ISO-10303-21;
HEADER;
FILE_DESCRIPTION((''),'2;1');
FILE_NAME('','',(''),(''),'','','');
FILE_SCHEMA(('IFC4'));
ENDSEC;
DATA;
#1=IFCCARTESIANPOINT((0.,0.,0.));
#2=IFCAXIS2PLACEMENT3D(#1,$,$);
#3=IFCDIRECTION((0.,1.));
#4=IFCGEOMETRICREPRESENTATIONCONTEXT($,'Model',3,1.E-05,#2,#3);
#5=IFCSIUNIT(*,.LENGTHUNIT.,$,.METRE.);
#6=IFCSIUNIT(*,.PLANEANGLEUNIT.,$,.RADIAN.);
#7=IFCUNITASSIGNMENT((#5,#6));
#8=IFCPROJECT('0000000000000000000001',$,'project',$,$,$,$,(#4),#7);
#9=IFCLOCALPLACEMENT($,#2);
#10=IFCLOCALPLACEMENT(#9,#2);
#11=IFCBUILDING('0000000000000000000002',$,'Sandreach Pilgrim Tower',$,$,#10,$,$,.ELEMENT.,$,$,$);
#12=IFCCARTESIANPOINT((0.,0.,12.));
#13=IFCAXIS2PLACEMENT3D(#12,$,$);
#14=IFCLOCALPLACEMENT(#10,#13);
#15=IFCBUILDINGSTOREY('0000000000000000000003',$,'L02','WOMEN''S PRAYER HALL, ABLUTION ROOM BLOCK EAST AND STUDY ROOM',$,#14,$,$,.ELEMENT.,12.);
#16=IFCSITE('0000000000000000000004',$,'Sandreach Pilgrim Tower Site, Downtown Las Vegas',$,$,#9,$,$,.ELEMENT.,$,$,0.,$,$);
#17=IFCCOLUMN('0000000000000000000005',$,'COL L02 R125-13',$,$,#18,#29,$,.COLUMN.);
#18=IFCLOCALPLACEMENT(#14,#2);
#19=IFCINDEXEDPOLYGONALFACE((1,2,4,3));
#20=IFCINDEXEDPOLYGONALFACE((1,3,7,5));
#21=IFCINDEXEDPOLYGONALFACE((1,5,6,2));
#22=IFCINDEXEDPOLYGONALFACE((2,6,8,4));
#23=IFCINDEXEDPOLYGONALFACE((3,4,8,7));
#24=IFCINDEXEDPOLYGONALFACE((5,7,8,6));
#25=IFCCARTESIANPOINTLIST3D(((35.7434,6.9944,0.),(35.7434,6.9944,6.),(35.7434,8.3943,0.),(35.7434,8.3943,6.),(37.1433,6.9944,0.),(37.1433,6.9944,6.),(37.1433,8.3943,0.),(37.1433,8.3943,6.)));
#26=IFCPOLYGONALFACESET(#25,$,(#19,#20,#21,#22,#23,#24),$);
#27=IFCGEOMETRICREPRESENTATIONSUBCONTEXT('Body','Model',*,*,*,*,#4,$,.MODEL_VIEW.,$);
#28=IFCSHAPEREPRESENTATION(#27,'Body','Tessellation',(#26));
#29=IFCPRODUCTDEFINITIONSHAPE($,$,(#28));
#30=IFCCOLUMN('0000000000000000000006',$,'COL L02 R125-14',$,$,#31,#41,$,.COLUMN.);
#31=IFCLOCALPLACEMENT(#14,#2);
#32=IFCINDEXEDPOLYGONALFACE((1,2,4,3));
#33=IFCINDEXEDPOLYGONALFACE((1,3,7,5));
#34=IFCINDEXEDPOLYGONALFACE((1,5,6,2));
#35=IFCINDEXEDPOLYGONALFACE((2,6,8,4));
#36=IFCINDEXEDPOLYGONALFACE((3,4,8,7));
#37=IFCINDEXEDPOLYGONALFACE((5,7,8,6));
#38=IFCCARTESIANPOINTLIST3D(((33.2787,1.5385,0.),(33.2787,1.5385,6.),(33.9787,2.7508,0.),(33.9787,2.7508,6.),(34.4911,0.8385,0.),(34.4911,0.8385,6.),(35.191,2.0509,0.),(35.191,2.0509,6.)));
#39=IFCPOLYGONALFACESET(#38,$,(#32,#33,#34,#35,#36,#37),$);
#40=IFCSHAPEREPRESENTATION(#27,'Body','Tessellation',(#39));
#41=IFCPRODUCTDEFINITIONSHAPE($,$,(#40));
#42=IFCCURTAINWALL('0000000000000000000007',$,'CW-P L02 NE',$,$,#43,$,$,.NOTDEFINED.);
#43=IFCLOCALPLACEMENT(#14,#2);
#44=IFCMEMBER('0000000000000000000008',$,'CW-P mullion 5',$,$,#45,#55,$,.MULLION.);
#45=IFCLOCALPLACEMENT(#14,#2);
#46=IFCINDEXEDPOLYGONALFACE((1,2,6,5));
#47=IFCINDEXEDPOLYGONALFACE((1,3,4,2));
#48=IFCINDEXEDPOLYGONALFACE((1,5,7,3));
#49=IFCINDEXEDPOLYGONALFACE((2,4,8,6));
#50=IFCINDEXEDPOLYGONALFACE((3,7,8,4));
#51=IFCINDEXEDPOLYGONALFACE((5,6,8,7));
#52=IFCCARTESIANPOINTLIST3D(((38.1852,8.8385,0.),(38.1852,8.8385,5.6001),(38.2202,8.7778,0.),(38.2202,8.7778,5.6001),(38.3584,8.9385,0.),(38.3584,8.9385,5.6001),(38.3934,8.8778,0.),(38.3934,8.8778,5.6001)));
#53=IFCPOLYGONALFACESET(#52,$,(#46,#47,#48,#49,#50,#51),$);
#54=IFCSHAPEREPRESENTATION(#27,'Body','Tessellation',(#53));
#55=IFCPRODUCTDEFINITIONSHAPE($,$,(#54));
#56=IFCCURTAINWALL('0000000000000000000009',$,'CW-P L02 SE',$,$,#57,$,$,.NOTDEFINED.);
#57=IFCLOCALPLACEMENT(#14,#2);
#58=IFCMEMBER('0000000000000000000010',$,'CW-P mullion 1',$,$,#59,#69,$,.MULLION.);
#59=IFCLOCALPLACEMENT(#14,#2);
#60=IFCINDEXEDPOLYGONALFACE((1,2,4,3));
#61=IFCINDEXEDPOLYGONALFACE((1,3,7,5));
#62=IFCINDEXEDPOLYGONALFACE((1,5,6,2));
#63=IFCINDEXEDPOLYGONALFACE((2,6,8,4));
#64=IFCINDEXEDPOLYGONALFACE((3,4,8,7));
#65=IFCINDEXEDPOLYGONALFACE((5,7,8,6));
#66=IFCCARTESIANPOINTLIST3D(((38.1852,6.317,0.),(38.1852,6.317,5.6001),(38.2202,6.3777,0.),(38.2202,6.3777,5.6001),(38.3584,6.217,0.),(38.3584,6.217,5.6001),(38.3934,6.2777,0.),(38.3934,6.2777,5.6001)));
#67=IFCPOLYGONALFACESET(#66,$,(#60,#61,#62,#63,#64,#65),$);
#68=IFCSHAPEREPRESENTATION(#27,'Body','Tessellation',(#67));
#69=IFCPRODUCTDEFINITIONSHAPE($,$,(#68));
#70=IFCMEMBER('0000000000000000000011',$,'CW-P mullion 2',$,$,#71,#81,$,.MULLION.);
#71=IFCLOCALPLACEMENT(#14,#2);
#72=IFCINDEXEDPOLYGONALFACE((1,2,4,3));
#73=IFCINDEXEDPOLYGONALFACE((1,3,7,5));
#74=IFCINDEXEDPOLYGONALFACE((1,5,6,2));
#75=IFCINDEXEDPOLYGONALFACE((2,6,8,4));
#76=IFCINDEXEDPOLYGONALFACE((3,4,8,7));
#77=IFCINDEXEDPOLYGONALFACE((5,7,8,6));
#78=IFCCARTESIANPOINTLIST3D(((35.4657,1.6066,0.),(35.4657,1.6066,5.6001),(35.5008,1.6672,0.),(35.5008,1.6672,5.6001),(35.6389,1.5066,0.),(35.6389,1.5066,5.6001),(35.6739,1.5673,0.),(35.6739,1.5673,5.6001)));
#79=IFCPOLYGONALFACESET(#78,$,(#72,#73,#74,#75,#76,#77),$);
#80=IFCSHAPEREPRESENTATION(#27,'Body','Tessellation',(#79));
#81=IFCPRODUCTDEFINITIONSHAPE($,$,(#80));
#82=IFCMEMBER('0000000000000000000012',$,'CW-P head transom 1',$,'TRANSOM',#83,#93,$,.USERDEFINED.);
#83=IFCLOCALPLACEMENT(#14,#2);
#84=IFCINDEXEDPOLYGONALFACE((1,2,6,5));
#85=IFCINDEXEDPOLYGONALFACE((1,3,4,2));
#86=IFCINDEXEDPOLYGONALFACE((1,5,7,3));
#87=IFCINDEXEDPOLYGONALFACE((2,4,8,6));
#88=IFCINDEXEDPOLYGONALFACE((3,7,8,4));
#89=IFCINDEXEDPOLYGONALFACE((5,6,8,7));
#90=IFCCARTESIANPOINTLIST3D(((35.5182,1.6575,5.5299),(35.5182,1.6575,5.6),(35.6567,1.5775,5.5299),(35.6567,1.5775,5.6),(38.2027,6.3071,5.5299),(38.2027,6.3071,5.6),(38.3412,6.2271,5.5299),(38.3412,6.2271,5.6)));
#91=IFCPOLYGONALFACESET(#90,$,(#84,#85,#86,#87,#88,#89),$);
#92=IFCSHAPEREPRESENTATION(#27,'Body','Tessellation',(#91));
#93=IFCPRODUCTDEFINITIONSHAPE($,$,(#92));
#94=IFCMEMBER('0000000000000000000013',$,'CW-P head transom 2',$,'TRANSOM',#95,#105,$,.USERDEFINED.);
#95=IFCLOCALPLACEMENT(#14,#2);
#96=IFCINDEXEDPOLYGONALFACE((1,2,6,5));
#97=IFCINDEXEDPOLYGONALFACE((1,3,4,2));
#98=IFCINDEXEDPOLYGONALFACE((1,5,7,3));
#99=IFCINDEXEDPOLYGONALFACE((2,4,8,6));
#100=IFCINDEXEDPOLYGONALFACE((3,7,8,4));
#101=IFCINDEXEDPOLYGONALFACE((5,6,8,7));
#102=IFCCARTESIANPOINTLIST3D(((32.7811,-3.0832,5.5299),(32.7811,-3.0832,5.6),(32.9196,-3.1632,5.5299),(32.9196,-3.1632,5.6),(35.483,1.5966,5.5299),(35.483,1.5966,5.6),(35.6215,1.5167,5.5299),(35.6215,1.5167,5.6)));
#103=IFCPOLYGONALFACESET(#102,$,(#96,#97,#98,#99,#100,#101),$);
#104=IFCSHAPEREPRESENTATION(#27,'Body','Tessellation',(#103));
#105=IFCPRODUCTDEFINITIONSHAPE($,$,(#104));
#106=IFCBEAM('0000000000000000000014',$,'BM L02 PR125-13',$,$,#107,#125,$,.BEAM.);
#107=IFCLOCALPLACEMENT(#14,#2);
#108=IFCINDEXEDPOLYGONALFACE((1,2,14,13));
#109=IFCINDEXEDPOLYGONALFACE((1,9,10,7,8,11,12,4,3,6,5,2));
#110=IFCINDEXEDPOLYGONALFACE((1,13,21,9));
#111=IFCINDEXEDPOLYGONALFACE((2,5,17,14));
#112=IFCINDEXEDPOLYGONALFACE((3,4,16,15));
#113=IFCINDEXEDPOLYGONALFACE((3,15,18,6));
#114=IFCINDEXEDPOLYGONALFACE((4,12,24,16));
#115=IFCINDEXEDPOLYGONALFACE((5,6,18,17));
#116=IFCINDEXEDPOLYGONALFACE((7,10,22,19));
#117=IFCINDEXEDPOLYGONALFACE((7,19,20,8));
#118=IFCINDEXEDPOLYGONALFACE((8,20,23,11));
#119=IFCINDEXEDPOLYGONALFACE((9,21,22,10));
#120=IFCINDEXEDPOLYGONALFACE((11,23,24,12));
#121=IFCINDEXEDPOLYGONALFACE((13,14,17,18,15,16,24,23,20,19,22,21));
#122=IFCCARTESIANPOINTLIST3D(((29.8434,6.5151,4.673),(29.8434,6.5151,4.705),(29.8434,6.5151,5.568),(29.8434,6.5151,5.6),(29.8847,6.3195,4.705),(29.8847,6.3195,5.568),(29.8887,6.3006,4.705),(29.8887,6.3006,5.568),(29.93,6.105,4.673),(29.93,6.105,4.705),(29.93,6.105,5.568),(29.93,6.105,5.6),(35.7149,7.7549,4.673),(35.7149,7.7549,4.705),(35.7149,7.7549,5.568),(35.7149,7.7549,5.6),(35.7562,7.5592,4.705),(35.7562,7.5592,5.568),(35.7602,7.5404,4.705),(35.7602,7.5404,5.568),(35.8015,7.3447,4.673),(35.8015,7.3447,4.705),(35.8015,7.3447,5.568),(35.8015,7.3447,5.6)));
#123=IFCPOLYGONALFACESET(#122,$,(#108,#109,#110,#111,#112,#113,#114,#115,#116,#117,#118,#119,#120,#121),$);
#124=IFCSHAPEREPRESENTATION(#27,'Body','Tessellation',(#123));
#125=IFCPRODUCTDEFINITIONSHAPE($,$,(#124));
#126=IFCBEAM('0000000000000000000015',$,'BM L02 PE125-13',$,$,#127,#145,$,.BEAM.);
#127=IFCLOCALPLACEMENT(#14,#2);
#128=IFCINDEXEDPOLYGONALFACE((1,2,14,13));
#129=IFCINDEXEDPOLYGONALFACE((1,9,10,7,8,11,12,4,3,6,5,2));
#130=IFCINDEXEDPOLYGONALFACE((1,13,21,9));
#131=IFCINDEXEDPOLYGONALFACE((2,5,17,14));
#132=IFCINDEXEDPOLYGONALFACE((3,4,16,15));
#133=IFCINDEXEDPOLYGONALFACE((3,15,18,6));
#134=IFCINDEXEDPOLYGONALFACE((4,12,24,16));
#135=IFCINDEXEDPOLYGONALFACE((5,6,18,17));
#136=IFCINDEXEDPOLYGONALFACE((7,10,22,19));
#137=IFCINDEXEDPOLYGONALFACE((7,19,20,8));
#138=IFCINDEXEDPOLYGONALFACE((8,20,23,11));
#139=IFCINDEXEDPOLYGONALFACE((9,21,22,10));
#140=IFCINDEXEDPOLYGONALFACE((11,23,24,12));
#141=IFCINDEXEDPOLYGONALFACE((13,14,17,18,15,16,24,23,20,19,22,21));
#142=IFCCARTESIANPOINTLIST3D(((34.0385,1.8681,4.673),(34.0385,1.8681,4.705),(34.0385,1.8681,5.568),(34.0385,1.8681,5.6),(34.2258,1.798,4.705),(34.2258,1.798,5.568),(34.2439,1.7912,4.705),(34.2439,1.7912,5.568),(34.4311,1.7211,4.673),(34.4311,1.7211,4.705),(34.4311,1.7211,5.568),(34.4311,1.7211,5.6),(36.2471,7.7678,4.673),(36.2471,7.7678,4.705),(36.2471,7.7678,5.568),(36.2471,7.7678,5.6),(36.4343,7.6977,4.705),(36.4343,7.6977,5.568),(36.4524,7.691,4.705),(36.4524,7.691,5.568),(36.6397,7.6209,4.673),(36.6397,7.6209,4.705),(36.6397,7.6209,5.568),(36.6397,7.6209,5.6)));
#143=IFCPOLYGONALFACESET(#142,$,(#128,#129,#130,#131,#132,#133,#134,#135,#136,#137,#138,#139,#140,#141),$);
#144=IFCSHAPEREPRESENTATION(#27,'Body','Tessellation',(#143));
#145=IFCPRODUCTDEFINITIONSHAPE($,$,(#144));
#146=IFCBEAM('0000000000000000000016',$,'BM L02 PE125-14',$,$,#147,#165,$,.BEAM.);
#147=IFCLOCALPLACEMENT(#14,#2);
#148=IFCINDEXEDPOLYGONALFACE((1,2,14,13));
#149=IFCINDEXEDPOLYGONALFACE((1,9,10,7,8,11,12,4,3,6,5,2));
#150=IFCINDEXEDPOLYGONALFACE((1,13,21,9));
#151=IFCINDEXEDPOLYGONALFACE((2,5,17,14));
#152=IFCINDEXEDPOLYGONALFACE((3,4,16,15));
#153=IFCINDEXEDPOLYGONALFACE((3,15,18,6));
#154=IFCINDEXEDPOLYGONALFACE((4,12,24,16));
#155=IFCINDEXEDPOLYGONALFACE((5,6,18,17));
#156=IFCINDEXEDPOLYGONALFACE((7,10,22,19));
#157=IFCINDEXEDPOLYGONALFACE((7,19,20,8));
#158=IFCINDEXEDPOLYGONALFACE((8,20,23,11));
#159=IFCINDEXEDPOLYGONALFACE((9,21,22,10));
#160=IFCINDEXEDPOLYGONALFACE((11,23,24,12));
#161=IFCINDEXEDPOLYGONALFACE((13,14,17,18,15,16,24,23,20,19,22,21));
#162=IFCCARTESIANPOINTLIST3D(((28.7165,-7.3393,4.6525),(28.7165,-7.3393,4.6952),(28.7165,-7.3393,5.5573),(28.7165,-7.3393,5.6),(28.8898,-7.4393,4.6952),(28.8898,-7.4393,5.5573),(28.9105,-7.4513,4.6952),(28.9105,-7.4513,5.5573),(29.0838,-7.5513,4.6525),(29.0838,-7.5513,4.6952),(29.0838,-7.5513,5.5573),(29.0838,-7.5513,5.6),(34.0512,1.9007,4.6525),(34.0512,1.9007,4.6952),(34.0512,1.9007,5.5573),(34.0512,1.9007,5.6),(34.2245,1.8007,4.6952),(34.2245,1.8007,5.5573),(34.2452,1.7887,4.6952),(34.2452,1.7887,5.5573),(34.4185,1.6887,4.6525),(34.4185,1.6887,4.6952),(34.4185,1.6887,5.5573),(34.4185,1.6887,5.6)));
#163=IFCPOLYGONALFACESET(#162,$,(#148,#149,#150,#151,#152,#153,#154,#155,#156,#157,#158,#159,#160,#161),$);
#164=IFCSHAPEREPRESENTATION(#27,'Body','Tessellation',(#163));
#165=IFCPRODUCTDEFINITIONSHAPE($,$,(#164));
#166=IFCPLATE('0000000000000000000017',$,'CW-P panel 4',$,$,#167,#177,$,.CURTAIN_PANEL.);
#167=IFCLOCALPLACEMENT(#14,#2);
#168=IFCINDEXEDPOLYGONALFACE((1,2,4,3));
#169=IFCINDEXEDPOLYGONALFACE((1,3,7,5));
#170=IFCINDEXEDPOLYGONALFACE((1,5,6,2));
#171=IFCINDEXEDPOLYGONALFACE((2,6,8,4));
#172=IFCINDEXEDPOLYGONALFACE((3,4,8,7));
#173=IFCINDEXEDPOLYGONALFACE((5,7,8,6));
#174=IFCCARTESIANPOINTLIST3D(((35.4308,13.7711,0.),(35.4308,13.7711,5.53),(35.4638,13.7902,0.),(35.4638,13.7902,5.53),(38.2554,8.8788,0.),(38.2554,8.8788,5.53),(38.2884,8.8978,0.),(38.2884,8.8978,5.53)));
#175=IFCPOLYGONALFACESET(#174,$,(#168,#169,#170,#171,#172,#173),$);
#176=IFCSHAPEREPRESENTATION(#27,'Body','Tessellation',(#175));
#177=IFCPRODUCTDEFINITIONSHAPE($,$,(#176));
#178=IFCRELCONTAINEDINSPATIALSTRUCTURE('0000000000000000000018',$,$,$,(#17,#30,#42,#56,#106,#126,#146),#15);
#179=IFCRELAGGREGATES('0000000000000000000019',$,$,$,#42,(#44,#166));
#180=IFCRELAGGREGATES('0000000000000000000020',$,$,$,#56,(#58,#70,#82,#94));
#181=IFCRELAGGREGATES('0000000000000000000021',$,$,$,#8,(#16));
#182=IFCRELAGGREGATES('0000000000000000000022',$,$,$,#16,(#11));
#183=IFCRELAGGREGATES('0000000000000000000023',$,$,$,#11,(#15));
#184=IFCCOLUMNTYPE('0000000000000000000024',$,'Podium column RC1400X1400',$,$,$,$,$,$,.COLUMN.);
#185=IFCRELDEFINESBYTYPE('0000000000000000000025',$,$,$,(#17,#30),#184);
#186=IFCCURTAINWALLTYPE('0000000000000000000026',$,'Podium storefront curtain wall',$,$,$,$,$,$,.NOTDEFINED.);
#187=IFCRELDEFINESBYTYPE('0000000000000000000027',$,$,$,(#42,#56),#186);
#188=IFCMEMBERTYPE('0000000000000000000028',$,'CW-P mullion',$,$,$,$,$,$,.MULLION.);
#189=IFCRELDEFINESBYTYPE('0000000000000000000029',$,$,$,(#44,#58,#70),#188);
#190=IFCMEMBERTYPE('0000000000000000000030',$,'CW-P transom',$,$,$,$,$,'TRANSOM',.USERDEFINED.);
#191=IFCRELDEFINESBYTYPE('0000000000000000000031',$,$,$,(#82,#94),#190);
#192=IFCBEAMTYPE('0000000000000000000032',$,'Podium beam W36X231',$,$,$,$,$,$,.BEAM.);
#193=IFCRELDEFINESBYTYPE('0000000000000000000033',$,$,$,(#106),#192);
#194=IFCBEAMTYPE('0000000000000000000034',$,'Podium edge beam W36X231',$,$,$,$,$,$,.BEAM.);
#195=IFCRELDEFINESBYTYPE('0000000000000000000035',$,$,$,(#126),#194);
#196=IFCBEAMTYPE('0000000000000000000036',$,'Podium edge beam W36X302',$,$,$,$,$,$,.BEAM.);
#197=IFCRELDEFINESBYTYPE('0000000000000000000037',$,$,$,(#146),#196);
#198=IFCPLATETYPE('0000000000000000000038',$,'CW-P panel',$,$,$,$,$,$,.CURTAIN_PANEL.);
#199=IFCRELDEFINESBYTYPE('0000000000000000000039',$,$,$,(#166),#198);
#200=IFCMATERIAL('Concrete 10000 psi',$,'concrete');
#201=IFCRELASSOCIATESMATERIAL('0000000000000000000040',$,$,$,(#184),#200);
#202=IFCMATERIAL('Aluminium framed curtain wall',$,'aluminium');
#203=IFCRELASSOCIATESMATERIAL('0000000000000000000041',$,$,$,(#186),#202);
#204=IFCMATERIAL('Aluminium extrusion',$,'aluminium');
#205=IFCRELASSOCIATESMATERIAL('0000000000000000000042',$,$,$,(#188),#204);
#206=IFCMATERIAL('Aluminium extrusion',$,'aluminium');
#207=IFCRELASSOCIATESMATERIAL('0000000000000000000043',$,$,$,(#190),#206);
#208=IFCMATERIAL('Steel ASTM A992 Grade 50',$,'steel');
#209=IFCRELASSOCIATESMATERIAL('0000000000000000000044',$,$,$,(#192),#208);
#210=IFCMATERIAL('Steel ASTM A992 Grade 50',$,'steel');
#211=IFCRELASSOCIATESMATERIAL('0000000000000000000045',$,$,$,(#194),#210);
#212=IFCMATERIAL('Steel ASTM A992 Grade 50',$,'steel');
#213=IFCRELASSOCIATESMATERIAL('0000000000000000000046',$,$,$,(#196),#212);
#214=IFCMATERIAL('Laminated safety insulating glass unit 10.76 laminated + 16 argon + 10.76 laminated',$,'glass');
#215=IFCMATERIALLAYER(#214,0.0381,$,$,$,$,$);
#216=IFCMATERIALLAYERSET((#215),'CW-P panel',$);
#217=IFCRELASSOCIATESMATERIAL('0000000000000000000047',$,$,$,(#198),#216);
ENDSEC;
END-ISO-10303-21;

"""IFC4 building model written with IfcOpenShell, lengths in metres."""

from ifc_helpers import new_model, si_unit, direction, frame, origin, origin_2d, place, context, subcontext, project, spatial, rectangle, i_section, extrude, material, layer, layer_set, material_profile, profile_set, type_object, element, aggregate, save


model = new_model("IFC4")

# Units and contexts
model_context = context("Model", 3, precision=1e-05, world=origin(), true_north=direction((0.0, 1.0)))
body_context = subcontext(model_context, "Body", "Model", "MODEL_VIEW")
ifc_project = project(units=[si_unit("LENGTHUNIT", "METRE"), si_unit("PLANEANGLEUNIT", "RADIAN")], contexts=[model_context])

# Site, building, storey
site_placement = place(None, origin())
site = spatial("IfcSite", under=ifc_project, at=site_placement, Name="Sandreach Pilgrim Tower Site, Downtown Las Vegas", CompositionType="ELEMENT", RefElevation=0.0)
building_placement = place(site_placement, origin())
building = spatial("IfcBuilding", under=site, at=building_placement, Name="Sandreach Pilgrim Tower", CompositionType="ELEMENT")
storey_placement = place(building_placement, frame((0.0, 0.0, 12.0)))
storey = spatial("IfcBuildingStorey", under=building, at=storey_placement, Name="L02", Description="WOMEN'S PRAYER HALL, ABLUTION ROOM BLOCK EAST AND STUDY ROOM", CompositionType="ELEMENT", Elevation=12.0)

# Columns
ifc_material_1 = material(Name="Concrete 10000 psi", Category="concrete")
ifc_material_profile_1 = material_profile(ifc_material_1, rectangle(XDim=1.3999, YDim=1.3999, at=origin_2d()), Name="RC1400X1400")
ifc_profile_set_1 = profile_set([ifc_material_profile_1], Name="Concrete 10000 psi")
column_type = type_object("IfcColumnType", Name="Podium column RC1400X1400", PredefinedType="COLUMN", material=ifc_profile_set_1)
for number, where, z_axis, x_axis, name in (
    (1, (36.4434, 7.6943, 0.0), (0.0, 0.0, 1.0), (1.0, 0.0, 0.0), "COL L02 R125-13"),
    (2, (34.2349, 1.7947, 0.0), (0.0, 0.0, 1.0), (0.866025, -0.5, 0.0), "COL L02 R125-14"),
):
    element("IfcColumn", number, at=place(storey_placement, frame(where, z_axis=z_axis, x_axis=x_axis)), inside=storey, type_object=column_type, Name=name, PredefinedType="COLUMN", context=body_context, shape_type="SweptSolid", body=[
        extrude(rectangle(XDim=1.3999, YDim=1.3999, at=origin_2d()), origin(), (0.0, 0.0, 1.0), 6.0),
    ])

# Curtain wall, member
ifc_material_2 = material(Name="Aluminium framed curtain wall", Category="aluminium")
curtain_wall_type = type_object("IfcCurtainWallType", Name="Podium storefront curtain wall", PredefinedType="NOTDEFINED", material=ifc_material_2)
curtain_wall_1_placement = place(storey_placement, origin())
curtain_wall_1 = element("IfcCurtainWall", 3, at=curtain_wall_1_placement, inside=storey, type_object=curtain_wall_type, Name="CW-P L02 NE", PredefinedType="NOTDEFINED")
ifc_material_3 = material(Name="Aluminium extrusion", Category="aluminium")
ifc_material_profile_2 = material_profile(ifc_material_3, rectangle(XDim=0.0701, YDim=0.2, at=origin_2d()), Name="CW-PM 70X200")
ifc_profile_set_2 = profile_set([ifc_material_profile_2], Name="Aluminium extrusion")
member_type_1 = type_object("IfcMemberType", Name="CW-P mullion", PredefinedType="MULLION", material=ifc_profile_set_2)
member_1_placement = place(storey_placement, frame((38.2893, 8.8582, 0.0), z_axis=(0.0, 0.0, 1.0), x_axis=(0.5, -0.866025, 0.0)))
member_1 = element("IfcMember", 4, at=member_1_placement, type_object=member_type_1, Name="CW-P mullion 5", PredefinedType="MULLION", context=body_context, shape_type="SweptSolid", body=[
    extrude(rectangle(XDim=0.0701, YDim=0.2, at=origin_2d()), origin(), (0.0, 0.0, 1.0), 5.6001),
])

# Curtain wall, members
curtain_wall_2_placement = place(storey_placement, origin())
curtain_wall_2 = element("IfcCurtainWall", 5, at=curtain_wall_2_placement, inside=storey, type_object=curtain_wall_type, Name="CW-P L02 SE", PredefinedType="NOTDEFINED")
member_2_placement = place(storey_placement, frame((38.2893, 6.2974, 0.0), z_axis=(0.0, 0.0, 1.0), x_axis=(-0.5, -0.866025, 0.0)))
member_2 = element("IfcMember", 6, at=member_2_placement, type_object=member_type_1, Name="CW-P mullion 1", PredefinedType="MULLION", context=body_context, shape_type="SweptSolid", body=[
    extrude(rectangle(XDim=0.0701, YDim=0.2, at=origin_2d()), origin(), (0.0, 0.0, 1.0), 5.6001),
])
member_3_placement = place(storey_placement, frame((35.5698, 1.5869, 0.0), z_axis=(0.0, 0.0, 1.0), x_axis=(-0.5, -0.866025, 0.0)))
member_3 = element("IfcMember", 7, at=member_3_placement, type_object=member_type_1, Name="CW-P mullion 2", PredefinedType="MULLION", context=body_context, shape_type="SweptSolid", body=[
    extrude(rectangle(XDim=0.0701, YDim=0.2, at=origin_2d()), origin(), (0.0, 0.0, 1.0), 5.6001),
])
ifc_material_4 = material(Name="Aluminium extrusion", Category="aluminium")
ifc_material_profile_3 = material_profile(ifc_material_4, rectangle(XDim=0.1599, YDim=0.0701, at=origin_2d()), Name="CW-PT 160X70")
ifc_profile_set_3 = profile_set([ifc_material_profile_3], Name="Aluminium extrusion")
member_type_2 = type_object("IfcMemberType", Name="CW-P transom", ElementType="TRANSOM", PredefinedType="USERDEFINED", material=ifc_profile_set_3)
member_4_placement = place(storey_placement, frame((38.272, 6.2671, 5.5649), z_axis=(-0.500012, -0.866018, 0.0), x_axis=(0.866018, -0.500012, 0.0)))
member_4 = element("IfcMember", 8, at=member_4_placement, type_object=member_type_2, Name="CW-P head transom 1", ObjectType="TRANSOM", PredefinedType="USERDEFINED", context=body_context, shape_type="SweptSolid", body=[
    extrude(rectangle(XDim=0.1599, YDim=0.0701, at=origin_2d()), origin(), (0.0, 0.0, 1.0), 5.3689),
])
member_5_placement = place(storey_placement, frame((35.5522, 1.5566, 5.5649), z_axis=(-0.499992, -0.86603, 0.0), x_axis=(0.86603, -0.499992, 0.0)))
member_5 = element("IfcMember", 9, at=member_5_placement, type_object=member_type_2, Name="CW-P head transom 2", ObjectType="TRANSOM", PredefinedType="USERDEFINED", context=body_context, shape_type="SweptSolid", body=[
    extrude(rectangle(XDim=0.1599, YDim=0.0701, at=origin_2d()), origin(), (0.0, 0.0, 1.0), 5.4038),
])

# Beams
ifc_material_5 = material(Name="Steel ASTM A992 Grade 50", Category="steel")
ifc_material_profile_4 = material_profile(ifc_material_5, i_section(OverallWidth=0.4192, OverallDepth=0.927, WebThickness=0.0193, FlangeThickness=0.032, at=origin_2d()), Name="W36X231")
ifc_profile_set_4 = profile_set([ifc_material_profile_4], Name="Steel ASTM A992 Grade 50")
beam_type_1 = type_object("IfcBeamType", Name="Podium beam W36X231", PredefinedType="BEAM", material=ifc_profile_set_4)
beam_1_placement = place(storey_placement, frame((29.8867, 6.3101, 5.1365), z_axis=(0.978428, 0.206589, 0.0), x_axis=(-0.206589, 0.978428, 0.0)))
element("IfcBeam", 10, at=beam_1_placement, inside=storey, type_object=beam_type_1, Name="BM L02 PR125-13", PredefinedType="BEAM", context=body_context, shape_type="SweptSolid", body=[
    extrude(i_section(OverallWidth=0.4192, OverallDepth=0.927, WebThickness=0.0193, FlangeThickness=0.032, at=origin_2d()), origin(), (0.0, 0.0, 1.0), 6.001),
])
ifc_material_6 = material(Name="Steel ASTM A992 Grade 50", Category="steel")
ifc_material_profile_5 = material_profile(ifc_material_6, i_section(OverallWidth=0.4192, OverallDepth=0.927, WebThickness=0.0193, FlangeThickness=0.032, at=origin_2d()), Name="W36X231")
ifc_profile_set_5 = profile_set([ifc_material_profile_5], Name="Steel ASTM A992 Grade 50")
beam_type_2 = type_object("IfcBeamType", Name="Podium edge beam W36X231", PredefinedType="BEAM", material=ifc_profile_set_5)
beam_2_placement = place(storey_placement, frame((36.4434, 7.6943, 5.1365), z_axis=(-0.350584, -0.936531, 0.0), x_axis=(0.936531, -0.350584, 0.0)))
element("IfcBeam", 11, at=beam_2_placement, inside=storey, type_object=beam_type_2, Name="BM L02 PE125-13", PredefinedType="BEAM", context=body_context, shape_type="SweptSolid", body=[
    extrude(i_section(OverallWidth=0.4192, OverallDepth=0.927, WebThickness=0.0193, FlangeThickness=0.032, at=origin_2d()), origin(), (0.0, 0.0, 1.0), 6.2996),
])
ifc_material_7 = material(Name="Steel ASTM A992 Grade 50", Category="steel")
ifc_material_profile_6 = material_profile(ifc_material_7, i_section(OverallWidth=0.4241, OverallDepth=0.9475, WebThickness=0.0239, FlangeThickness=0.0427, at=origin_2d()), Name="W36X302")
ifc_profile_set_6 = profile_set([ifc_material_profile_6], Name="Steel ASTM A992 Grade 50")
beam_type_3 = type_object("IfcBeamType", Name="Podium edge beam W36X302", PredefinedType="BEAM", material=ifc_profile_set_6)
beam_3_placement = place(storey_placement, frame((34.2349, 1.7947, 5.1262), z_axis=(-0.5, -0.866025, 0.0), x_axis=(0.866025, -0.5, 0.0)))
element("IfcBeam", 12, at=beam_3_placement, inside=storey, type_object=beam_type_3, Name="BM L02 PE125-14", PredefinedType="BEAM", context=body_context, shape_type="SweptSolid", body=[
    extrude(i_section(OverallWidth=0.4241, OverallDepth=0.9475, WebThickness=0.0239, FlangeThickness=0.0427, at=origin_2d()), origin(), (0.0, 0.0, 1.0), 10.6694),
])

# Plate
ifc_material_8 = material(Name="Laminated safety insulating glass unit 10.76 laminated + 16 argon + 10.76 laminated", Category="glass")
ifc_layer_1 = layer(ifc_material_8, 0.0381)
ifc_layer_set_1 = layer_set([ifc_layer_1], Name="CW-P panel")
plate_type = type_object("IfcPlateType", Name="CW-P panel", PredefinedType="CURTAIN_PANEL", material=ifc_layer_set_1)
plate_1_placement = place(storey_placement, frame((36.8596, 11.3345, 0.0), z_axis=(0.0, 0.0, 1.0), x_axis=(0.5, -0.866025, 0.0)))
plate_1 = element("IfcPlate", 13, at=plate_1_placement, type_object=plate_type, Name="CW-P panel 4", PredefinedType="CURTAIN_PANEL", context=body_context, shape_type="SweptSolid", body=[
    extrude(rectangle(XDim=5.6492, YDim=0.0381, at=origin_2d()), origin(), (0.0, 0.0, 1.0), 5.53),
])
aggregate(curtain_wall_1, [member_1, plate_1])
aggregate(curtain_wall_2, [member_2, member_3, member_4, member_5])

save(model, "model.ifc")
